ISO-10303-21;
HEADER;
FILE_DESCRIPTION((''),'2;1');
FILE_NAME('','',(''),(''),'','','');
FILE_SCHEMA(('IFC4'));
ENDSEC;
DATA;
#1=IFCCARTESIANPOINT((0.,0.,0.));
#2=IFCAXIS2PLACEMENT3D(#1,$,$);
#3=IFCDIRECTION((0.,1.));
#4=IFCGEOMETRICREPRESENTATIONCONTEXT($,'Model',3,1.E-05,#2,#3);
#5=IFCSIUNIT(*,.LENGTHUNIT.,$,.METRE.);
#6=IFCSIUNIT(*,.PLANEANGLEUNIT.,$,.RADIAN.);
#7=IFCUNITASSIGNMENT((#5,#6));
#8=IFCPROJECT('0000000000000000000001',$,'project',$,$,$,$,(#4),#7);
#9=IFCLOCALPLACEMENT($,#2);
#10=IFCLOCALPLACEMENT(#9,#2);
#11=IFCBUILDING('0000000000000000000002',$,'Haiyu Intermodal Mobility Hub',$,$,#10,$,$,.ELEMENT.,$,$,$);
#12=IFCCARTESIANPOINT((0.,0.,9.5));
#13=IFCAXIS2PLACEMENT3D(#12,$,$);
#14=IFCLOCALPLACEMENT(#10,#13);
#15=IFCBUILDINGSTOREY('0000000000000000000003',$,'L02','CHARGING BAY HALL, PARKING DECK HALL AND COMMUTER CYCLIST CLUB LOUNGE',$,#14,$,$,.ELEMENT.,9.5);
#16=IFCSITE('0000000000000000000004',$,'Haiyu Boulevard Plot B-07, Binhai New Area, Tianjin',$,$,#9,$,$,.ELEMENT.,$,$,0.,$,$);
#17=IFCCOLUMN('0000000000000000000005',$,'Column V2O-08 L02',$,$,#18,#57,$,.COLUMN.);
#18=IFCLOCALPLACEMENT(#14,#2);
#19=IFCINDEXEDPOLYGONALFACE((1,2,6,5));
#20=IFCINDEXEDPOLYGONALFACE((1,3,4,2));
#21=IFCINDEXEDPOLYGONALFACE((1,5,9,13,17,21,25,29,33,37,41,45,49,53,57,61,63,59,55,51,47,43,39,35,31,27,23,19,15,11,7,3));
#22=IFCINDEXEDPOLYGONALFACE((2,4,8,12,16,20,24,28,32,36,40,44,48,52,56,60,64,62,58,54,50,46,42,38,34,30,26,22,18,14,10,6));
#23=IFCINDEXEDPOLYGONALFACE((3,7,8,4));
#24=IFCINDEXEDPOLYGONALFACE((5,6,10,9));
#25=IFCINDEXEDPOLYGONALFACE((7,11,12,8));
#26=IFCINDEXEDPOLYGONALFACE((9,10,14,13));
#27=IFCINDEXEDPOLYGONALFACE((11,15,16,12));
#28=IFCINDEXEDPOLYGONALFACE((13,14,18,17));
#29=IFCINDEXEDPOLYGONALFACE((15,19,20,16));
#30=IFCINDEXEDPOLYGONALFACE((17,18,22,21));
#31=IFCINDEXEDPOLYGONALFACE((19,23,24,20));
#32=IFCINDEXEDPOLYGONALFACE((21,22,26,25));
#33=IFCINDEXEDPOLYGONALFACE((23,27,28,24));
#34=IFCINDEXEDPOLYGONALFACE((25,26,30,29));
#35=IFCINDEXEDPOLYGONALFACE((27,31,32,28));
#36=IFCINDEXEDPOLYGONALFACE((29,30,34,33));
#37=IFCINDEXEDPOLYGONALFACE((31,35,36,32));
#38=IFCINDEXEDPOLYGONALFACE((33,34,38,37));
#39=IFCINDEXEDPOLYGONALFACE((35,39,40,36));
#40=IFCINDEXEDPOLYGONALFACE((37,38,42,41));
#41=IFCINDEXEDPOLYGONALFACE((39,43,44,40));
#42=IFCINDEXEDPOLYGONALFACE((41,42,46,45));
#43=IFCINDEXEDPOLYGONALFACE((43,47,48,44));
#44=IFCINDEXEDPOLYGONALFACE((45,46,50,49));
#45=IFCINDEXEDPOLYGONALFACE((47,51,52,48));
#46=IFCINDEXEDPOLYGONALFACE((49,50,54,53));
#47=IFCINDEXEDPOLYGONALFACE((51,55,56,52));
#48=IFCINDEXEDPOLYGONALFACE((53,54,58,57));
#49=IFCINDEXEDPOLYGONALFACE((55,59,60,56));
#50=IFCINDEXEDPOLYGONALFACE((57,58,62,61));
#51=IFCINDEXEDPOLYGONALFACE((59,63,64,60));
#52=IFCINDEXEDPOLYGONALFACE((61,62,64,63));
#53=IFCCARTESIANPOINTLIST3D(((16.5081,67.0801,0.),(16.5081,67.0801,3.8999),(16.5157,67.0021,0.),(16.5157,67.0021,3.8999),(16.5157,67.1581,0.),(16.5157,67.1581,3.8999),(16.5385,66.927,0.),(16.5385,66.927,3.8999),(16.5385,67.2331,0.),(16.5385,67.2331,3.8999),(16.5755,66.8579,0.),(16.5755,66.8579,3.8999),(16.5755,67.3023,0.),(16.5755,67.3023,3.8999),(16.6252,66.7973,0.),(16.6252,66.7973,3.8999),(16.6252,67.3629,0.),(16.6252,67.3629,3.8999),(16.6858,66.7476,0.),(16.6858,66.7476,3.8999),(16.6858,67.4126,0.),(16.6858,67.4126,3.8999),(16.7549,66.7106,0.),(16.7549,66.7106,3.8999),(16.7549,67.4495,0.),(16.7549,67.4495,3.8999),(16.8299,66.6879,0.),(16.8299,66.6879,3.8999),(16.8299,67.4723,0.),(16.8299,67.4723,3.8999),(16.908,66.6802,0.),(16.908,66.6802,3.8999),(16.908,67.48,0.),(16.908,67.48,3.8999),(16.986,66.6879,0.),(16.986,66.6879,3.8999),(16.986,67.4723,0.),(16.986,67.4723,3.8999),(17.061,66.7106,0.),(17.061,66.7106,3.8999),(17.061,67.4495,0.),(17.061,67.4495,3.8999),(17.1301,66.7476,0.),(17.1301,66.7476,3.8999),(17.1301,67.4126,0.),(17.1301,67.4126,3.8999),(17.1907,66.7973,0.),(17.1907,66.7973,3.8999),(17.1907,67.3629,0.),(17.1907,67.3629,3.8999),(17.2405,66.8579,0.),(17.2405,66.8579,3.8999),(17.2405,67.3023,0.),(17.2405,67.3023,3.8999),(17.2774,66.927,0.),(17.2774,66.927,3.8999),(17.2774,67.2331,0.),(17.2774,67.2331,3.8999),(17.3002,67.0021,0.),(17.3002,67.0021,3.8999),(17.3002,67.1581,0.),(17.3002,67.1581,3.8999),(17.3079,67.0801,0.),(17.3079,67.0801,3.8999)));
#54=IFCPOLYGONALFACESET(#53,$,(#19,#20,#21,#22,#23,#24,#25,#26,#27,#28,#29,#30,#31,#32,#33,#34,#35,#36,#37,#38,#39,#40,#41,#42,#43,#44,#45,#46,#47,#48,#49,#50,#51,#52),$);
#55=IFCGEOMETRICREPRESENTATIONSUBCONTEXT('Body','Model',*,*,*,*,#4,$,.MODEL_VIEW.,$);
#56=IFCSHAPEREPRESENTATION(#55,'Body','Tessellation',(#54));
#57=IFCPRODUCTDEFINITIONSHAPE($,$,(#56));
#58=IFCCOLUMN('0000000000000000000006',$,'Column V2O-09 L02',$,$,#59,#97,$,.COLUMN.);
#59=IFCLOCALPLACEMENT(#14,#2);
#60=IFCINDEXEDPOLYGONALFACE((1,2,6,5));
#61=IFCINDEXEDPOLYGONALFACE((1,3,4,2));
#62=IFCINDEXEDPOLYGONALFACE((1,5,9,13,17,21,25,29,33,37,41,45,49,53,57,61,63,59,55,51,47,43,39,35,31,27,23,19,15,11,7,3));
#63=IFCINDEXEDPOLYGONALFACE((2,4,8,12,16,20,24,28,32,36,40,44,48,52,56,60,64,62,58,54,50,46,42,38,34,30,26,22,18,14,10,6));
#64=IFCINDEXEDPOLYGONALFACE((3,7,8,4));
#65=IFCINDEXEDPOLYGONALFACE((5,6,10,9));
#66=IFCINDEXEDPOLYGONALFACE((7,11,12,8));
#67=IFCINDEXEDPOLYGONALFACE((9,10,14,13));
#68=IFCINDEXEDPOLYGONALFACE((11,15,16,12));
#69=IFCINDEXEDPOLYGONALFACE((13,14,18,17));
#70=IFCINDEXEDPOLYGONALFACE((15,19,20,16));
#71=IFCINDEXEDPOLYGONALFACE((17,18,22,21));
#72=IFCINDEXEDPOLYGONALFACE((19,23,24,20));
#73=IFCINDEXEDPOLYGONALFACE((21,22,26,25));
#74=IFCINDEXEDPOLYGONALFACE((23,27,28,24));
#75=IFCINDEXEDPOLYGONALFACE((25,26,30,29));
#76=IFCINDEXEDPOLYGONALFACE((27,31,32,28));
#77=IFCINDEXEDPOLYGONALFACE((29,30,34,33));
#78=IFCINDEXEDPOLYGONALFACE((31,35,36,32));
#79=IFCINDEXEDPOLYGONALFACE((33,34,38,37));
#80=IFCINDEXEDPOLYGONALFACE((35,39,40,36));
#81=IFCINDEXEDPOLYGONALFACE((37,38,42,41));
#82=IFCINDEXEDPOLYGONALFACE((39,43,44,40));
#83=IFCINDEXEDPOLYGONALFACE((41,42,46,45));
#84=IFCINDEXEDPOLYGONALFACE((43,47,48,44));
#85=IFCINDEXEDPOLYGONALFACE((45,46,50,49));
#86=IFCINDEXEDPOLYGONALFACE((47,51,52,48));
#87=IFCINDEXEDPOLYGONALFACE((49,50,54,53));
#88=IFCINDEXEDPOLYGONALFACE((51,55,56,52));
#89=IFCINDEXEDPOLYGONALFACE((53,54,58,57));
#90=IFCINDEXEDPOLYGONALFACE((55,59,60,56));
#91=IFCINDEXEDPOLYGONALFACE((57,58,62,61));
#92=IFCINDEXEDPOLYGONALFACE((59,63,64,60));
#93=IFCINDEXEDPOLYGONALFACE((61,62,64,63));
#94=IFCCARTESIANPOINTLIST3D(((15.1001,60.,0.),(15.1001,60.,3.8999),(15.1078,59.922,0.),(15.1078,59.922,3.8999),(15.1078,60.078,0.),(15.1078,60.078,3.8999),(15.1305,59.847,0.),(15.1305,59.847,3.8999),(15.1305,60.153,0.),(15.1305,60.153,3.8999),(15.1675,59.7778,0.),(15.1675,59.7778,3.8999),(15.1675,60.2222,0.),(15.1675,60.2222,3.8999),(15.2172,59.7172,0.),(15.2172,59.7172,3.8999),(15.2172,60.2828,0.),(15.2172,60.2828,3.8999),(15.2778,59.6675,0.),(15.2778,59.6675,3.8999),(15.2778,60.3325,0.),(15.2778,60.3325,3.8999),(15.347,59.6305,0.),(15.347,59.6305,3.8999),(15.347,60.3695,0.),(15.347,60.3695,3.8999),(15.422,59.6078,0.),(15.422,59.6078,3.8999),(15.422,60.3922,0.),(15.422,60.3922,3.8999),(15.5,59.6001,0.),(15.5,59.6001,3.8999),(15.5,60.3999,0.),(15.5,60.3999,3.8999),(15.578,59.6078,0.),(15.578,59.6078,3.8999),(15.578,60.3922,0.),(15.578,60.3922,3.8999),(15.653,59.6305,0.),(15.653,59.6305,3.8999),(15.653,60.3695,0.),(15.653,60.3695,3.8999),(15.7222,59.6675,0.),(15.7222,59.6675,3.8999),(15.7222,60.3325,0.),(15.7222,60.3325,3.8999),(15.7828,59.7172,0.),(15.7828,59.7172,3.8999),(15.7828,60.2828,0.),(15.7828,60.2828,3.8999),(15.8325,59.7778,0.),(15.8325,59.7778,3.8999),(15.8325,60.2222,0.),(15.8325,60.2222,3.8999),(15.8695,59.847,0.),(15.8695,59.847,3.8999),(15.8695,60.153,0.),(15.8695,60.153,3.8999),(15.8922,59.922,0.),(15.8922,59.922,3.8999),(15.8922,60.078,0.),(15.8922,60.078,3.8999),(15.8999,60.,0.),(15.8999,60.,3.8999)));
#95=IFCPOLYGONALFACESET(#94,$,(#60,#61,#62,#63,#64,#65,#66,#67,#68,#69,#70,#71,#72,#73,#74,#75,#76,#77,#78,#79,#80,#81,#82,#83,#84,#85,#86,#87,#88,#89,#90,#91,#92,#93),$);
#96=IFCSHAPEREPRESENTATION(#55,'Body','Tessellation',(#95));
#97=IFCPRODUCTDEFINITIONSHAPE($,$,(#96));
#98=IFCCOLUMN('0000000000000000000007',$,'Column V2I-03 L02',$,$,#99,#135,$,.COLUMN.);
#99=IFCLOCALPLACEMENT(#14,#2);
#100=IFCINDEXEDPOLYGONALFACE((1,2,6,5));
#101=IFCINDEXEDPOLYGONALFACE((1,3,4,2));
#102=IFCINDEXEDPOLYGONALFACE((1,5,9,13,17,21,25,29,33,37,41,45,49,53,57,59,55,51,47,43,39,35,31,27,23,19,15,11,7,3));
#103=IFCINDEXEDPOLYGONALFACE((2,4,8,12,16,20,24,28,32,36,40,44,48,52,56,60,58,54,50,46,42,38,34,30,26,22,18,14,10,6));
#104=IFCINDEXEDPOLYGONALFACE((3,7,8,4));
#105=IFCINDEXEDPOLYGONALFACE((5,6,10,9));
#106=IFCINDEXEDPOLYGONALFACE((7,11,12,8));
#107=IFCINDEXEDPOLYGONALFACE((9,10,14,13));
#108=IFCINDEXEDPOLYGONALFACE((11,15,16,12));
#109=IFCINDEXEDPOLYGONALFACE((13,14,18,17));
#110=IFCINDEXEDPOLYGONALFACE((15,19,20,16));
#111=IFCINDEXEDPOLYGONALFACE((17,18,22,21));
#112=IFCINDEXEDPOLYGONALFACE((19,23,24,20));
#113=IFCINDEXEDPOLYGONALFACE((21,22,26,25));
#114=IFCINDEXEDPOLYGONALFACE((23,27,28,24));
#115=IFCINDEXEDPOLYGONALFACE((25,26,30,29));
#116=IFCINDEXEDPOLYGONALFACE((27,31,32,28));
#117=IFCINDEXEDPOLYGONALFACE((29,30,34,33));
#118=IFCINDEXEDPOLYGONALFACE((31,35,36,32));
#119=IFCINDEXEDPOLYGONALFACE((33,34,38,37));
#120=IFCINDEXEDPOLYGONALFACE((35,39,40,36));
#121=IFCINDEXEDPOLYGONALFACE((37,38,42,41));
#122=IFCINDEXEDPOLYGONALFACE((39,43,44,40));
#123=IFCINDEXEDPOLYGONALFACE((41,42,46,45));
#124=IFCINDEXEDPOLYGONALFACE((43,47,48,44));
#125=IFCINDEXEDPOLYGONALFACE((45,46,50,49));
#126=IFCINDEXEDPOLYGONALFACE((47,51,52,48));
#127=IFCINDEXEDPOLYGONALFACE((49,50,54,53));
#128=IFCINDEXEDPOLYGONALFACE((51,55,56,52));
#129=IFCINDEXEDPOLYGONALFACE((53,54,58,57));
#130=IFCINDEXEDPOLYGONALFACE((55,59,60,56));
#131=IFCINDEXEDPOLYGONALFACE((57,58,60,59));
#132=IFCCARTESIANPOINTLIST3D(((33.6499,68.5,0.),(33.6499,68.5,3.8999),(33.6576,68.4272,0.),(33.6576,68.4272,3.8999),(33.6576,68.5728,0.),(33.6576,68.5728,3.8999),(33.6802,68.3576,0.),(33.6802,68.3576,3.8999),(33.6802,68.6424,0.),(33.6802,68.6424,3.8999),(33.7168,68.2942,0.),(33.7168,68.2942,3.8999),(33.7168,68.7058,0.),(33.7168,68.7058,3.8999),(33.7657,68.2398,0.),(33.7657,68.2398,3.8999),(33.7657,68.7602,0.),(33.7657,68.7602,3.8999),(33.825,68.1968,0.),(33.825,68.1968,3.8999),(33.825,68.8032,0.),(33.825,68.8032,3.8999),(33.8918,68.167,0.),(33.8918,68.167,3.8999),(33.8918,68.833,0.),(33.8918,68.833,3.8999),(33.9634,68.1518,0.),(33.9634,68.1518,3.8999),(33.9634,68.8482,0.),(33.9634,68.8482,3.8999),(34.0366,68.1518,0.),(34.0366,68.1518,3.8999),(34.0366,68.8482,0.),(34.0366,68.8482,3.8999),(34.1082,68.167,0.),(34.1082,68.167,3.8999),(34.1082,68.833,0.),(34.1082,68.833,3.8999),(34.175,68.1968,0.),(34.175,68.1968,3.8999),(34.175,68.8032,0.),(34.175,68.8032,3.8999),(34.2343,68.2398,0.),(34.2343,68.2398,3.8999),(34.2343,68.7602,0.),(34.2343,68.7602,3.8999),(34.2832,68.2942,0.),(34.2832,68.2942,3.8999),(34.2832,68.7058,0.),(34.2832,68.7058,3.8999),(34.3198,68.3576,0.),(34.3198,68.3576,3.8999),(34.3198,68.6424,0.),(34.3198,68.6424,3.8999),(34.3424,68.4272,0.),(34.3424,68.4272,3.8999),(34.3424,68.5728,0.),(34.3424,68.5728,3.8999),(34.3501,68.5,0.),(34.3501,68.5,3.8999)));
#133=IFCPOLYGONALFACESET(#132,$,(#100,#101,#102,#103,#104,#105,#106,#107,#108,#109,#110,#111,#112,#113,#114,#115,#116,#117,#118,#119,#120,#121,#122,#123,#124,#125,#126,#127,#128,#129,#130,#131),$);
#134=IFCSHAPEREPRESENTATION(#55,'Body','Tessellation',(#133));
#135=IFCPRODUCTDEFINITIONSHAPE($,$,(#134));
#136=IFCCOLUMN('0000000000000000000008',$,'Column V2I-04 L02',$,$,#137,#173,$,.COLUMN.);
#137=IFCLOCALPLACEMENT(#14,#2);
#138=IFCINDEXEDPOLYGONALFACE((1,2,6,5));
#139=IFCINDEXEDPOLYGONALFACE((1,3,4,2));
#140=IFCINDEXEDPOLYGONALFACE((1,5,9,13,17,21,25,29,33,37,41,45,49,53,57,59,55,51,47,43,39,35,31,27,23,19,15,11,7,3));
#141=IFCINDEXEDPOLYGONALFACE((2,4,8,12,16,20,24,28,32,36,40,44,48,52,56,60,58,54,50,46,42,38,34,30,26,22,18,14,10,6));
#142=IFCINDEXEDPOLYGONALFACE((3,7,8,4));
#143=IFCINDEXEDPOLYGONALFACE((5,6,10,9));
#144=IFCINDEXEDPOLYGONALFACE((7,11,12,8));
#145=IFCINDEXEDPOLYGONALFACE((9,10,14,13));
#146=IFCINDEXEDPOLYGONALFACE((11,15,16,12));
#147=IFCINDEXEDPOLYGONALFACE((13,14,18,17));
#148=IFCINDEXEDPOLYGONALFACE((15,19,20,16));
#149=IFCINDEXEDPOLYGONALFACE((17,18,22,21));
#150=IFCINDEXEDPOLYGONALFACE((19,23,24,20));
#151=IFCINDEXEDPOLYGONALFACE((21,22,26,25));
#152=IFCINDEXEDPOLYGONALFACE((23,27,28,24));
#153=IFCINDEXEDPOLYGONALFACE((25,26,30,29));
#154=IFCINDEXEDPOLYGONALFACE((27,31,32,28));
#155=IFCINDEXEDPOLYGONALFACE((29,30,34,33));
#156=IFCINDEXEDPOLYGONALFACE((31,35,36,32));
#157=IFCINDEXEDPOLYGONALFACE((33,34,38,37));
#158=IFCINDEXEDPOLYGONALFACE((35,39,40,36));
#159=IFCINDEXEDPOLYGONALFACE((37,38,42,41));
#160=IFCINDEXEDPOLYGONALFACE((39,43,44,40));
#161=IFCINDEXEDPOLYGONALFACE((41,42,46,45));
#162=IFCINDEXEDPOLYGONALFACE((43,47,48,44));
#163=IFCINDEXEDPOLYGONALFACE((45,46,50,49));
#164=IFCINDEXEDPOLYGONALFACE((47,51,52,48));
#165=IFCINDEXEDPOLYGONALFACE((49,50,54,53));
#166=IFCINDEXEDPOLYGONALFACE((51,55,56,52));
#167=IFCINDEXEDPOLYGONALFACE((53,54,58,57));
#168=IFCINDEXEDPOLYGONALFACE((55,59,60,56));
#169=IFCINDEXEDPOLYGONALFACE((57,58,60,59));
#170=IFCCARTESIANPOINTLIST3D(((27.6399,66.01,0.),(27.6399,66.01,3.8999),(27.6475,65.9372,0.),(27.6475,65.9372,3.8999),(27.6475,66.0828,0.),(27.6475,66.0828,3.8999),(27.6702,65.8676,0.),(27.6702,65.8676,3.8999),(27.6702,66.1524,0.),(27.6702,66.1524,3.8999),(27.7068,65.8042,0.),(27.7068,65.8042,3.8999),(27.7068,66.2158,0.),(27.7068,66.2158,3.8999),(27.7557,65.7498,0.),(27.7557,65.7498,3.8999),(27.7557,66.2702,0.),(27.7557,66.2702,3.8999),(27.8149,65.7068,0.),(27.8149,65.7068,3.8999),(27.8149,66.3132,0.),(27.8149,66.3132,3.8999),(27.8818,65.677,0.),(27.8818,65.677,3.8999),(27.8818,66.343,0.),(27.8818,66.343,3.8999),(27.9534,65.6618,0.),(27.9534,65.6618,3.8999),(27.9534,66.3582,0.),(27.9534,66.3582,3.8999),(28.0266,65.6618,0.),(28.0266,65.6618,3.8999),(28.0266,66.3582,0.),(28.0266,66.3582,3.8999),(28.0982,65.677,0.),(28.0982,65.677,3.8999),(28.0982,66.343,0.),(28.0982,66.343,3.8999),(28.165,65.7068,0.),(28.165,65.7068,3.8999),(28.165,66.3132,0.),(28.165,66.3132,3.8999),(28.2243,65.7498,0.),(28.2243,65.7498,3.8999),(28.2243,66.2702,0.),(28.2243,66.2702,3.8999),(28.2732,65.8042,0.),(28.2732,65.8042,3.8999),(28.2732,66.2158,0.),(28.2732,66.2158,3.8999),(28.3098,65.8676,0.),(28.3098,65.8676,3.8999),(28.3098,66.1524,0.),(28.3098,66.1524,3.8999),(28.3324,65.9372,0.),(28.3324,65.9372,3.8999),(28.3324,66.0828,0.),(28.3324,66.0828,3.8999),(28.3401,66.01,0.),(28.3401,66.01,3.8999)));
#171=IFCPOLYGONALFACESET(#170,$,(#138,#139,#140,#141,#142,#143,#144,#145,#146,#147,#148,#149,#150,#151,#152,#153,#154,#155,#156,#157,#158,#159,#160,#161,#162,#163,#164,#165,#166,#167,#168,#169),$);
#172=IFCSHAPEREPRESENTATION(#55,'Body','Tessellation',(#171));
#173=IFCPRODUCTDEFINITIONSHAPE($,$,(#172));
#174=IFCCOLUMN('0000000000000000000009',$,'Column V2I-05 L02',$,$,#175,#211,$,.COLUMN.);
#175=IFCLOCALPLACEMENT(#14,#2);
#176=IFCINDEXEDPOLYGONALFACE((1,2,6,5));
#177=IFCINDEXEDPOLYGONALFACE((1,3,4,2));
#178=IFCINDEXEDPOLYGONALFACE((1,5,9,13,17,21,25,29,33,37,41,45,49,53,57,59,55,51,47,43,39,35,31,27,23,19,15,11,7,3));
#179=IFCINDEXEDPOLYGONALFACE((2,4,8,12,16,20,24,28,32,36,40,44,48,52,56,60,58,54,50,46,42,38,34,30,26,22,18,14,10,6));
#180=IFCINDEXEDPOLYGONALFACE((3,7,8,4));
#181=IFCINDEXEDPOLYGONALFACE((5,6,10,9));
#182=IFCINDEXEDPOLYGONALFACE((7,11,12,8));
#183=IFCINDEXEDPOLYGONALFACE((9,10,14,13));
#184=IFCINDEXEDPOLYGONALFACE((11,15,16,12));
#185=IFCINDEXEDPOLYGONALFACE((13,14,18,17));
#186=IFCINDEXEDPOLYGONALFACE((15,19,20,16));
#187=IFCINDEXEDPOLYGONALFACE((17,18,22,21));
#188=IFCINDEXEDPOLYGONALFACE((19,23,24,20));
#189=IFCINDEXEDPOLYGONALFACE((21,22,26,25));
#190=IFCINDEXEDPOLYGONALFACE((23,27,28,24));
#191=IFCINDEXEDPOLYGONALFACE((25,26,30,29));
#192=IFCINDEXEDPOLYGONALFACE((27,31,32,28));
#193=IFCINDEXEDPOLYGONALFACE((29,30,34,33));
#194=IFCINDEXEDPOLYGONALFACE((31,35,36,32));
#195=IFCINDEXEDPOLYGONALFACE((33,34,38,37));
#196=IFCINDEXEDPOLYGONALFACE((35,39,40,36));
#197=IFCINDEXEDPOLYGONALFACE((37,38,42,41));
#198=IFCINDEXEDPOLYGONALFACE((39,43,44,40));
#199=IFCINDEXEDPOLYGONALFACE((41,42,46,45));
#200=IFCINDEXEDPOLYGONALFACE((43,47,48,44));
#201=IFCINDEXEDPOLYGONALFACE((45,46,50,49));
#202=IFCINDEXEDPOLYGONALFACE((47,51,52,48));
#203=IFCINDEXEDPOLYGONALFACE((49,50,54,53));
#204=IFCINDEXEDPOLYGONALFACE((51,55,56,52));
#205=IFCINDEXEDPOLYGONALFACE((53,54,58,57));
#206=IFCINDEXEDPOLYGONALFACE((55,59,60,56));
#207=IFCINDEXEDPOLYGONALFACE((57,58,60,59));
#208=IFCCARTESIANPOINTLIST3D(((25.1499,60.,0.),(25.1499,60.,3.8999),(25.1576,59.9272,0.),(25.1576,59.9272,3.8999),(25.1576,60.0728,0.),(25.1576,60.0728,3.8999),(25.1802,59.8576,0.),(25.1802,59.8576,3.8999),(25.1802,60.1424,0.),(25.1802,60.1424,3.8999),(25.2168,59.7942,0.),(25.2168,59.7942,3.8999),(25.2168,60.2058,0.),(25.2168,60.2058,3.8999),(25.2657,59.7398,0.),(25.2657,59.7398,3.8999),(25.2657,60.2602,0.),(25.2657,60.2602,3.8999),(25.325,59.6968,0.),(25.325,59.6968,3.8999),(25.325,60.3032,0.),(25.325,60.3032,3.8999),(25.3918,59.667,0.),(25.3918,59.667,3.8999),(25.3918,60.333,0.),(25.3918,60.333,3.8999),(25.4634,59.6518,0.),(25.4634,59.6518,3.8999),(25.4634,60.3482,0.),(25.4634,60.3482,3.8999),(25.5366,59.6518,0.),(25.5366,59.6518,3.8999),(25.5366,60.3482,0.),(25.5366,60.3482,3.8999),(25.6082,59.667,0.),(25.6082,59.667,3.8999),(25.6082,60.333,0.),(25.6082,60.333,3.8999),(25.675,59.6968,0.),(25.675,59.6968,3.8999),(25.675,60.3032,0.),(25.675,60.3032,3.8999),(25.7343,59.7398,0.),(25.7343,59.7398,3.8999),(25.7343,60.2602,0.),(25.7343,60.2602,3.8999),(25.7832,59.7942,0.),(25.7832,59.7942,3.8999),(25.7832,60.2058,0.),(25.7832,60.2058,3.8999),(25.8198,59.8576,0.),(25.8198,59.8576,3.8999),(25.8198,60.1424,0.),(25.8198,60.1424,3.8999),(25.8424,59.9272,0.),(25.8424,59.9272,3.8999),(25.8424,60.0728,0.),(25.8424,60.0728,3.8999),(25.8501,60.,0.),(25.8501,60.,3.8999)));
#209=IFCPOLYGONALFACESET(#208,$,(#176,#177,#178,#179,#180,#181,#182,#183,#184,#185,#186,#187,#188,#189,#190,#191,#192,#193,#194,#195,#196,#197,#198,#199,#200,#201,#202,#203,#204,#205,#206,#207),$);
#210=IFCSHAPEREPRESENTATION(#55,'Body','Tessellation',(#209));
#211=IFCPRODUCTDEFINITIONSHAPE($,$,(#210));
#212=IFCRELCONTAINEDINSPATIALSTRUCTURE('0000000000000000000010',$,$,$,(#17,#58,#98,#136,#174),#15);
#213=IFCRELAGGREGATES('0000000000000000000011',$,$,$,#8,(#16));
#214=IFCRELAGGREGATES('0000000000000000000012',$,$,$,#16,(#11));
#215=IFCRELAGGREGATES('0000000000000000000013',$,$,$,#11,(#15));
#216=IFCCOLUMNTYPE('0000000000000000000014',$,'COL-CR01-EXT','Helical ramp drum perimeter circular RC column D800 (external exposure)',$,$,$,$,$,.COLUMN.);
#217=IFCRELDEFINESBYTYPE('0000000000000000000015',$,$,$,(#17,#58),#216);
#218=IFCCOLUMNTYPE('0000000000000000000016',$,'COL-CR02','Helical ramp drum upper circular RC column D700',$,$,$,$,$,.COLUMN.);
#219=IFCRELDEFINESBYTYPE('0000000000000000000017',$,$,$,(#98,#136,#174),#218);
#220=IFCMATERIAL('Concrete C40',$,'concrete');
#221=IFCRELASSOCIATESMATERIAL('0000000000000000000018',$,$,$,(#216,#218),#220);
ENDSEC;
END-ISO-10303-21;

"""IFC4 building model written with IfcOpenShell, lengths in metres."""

from ifc_helpers import new_model, si_unit, direction, frame, origin, origin_2d, place, context, subcontext, project, spatial, circle, extrude, material, material_profile, profile_set, type_object, element, save


model = new_model("IFC4")

# Units and contexts
model_context = context("Model", 3, precision=1e-05, world=origin(), true_north=direction((0.0, 1.0)))
body_context = subcontext(model_context, "Body", "Model", "MODEL_VIEW")
ifc_project = project(units=[si_unit("LENGTHUNIT", "METRE"), si_unit("PLANEANGLEUNIT", "RADIAN")], contexts=[model_context])

# Site, building, storey
site_placement = place(None, origin())
site = spatial("IfcSite", under=ifc_project, at=site_placement, Name="Haiyu Boulevard Plot B-07, Binhai New Area, Tianjin", CompositionType="ELEMENT", RefElevation=0.0)
building_placement = place(site_placement, origin())
building = spatial("IfcBuilding", under=site, at=building_placement, Name="Haiyu Intermodal Mobility Hub", CompositionType="ELEMENT")
storey_placement = place(building_placement, frame((0.0, 0.0, 9.5)))
storey = spatial("IfcBuildingStorey", under=building, at=storey_placement, Name="L02", Description="CHARGING BAY HALL, PARKING DECK HALL AND COMMUTER CYCLIST CLUB LOUNGE", CompositionType="ELEMENT", Elevation=9.5)

# Columns
ifc_material_1 = material(Name="Concrete C40", Category="concrete")
ifc_material_profile_1 = material_profile(ifc_material_1, circle(Radius=0.3999, at=origin_2d()), Name="RCCOL-D800")
ifc_profile_set_1 = profile_set([ifc_material_profile_1], Name="Concrete C40")
column_type_1 = type_object("IfcColumnType", Name="COL-CR01-EXT", Description="Helical ramp drum perimeter circular RC column D800 (external exposure)", PredefinedType="COLUMN", material=ifc_profile_set_1)
for number, where, z_axis, x_axis, name in (
    (1, (16.908, 67.0801, 0.0), (0.0, 0.0, 1.0), (1.0, 0.0, 0.0), "Column V2O-08 L02"),
    (2, (15.5, 60.0, 0.0), (0.0, 0.0, 1.0), (1.0, 0.0, 0.0), "Column V2O-09 L02"),
):
    element("IfcColumn", number, at=place(storey_placement, frame(where, z_axis=z_axis, x_axis=x_axis)), inside=storey, type_object=column_type_1, Name=name, PredefinedType="COLUMN", context=body_context, shape_type="SweptSolid", body=[
        extrude(circle(Radius=0.3999, at=origin_2d()), origin(), (0.0, 0.0, 1.0), 3.8999),
    ])
ifc_material_profile_2 = material_profile(ifc_material_1, circle(Radius=0.3501, at=origin_2d()), Name="RCCOL-D700")
ifc_profile_set_2 = profile_set([ifc_material_profile_2], Name="Concrete C40")
column_type_2 = type_object("IfcColumnType", Name="COL-CR02", Description="Helical ramp drum upper circular RC column D700", PredefinedType="COLUMN", material=ifc_profile_set_2)
for number, where, z_axis, x_axis, name in (
    (3, (34.0, 68.5, 0.0), (0.0, 0.0, 1.0), (1.0, 0.0, 0.0), "Column V2I-03 L02"),
    (4, (27.99, 66.01, 0.0), (0.0, 0.0, 1.0), (1.0, 0.0, 0.0), "Column V2I-04 L02"),
    (5, (25.5, 60.0, 0.0), (0.0, 0.0, 1.0), (1.0, 0.0, 0.0), "Column V2I-05 L02"),
):
    element("IfcColumn", number, at=place(storey_placement, frame(where, z_axis=z_axis, x_axis=x_axis)), inside=storey, type_object=column_type_2, Name=name, PredefinedType="COLUMN", context=body_context, shape_type="SweptSolid", body=[
        extrude(circle(Radius=0.3501, at=origin_2d()), origin(), (0.0, 0.0, 1.0), 3.8999),
    ])

save(model, "model.ifc")
